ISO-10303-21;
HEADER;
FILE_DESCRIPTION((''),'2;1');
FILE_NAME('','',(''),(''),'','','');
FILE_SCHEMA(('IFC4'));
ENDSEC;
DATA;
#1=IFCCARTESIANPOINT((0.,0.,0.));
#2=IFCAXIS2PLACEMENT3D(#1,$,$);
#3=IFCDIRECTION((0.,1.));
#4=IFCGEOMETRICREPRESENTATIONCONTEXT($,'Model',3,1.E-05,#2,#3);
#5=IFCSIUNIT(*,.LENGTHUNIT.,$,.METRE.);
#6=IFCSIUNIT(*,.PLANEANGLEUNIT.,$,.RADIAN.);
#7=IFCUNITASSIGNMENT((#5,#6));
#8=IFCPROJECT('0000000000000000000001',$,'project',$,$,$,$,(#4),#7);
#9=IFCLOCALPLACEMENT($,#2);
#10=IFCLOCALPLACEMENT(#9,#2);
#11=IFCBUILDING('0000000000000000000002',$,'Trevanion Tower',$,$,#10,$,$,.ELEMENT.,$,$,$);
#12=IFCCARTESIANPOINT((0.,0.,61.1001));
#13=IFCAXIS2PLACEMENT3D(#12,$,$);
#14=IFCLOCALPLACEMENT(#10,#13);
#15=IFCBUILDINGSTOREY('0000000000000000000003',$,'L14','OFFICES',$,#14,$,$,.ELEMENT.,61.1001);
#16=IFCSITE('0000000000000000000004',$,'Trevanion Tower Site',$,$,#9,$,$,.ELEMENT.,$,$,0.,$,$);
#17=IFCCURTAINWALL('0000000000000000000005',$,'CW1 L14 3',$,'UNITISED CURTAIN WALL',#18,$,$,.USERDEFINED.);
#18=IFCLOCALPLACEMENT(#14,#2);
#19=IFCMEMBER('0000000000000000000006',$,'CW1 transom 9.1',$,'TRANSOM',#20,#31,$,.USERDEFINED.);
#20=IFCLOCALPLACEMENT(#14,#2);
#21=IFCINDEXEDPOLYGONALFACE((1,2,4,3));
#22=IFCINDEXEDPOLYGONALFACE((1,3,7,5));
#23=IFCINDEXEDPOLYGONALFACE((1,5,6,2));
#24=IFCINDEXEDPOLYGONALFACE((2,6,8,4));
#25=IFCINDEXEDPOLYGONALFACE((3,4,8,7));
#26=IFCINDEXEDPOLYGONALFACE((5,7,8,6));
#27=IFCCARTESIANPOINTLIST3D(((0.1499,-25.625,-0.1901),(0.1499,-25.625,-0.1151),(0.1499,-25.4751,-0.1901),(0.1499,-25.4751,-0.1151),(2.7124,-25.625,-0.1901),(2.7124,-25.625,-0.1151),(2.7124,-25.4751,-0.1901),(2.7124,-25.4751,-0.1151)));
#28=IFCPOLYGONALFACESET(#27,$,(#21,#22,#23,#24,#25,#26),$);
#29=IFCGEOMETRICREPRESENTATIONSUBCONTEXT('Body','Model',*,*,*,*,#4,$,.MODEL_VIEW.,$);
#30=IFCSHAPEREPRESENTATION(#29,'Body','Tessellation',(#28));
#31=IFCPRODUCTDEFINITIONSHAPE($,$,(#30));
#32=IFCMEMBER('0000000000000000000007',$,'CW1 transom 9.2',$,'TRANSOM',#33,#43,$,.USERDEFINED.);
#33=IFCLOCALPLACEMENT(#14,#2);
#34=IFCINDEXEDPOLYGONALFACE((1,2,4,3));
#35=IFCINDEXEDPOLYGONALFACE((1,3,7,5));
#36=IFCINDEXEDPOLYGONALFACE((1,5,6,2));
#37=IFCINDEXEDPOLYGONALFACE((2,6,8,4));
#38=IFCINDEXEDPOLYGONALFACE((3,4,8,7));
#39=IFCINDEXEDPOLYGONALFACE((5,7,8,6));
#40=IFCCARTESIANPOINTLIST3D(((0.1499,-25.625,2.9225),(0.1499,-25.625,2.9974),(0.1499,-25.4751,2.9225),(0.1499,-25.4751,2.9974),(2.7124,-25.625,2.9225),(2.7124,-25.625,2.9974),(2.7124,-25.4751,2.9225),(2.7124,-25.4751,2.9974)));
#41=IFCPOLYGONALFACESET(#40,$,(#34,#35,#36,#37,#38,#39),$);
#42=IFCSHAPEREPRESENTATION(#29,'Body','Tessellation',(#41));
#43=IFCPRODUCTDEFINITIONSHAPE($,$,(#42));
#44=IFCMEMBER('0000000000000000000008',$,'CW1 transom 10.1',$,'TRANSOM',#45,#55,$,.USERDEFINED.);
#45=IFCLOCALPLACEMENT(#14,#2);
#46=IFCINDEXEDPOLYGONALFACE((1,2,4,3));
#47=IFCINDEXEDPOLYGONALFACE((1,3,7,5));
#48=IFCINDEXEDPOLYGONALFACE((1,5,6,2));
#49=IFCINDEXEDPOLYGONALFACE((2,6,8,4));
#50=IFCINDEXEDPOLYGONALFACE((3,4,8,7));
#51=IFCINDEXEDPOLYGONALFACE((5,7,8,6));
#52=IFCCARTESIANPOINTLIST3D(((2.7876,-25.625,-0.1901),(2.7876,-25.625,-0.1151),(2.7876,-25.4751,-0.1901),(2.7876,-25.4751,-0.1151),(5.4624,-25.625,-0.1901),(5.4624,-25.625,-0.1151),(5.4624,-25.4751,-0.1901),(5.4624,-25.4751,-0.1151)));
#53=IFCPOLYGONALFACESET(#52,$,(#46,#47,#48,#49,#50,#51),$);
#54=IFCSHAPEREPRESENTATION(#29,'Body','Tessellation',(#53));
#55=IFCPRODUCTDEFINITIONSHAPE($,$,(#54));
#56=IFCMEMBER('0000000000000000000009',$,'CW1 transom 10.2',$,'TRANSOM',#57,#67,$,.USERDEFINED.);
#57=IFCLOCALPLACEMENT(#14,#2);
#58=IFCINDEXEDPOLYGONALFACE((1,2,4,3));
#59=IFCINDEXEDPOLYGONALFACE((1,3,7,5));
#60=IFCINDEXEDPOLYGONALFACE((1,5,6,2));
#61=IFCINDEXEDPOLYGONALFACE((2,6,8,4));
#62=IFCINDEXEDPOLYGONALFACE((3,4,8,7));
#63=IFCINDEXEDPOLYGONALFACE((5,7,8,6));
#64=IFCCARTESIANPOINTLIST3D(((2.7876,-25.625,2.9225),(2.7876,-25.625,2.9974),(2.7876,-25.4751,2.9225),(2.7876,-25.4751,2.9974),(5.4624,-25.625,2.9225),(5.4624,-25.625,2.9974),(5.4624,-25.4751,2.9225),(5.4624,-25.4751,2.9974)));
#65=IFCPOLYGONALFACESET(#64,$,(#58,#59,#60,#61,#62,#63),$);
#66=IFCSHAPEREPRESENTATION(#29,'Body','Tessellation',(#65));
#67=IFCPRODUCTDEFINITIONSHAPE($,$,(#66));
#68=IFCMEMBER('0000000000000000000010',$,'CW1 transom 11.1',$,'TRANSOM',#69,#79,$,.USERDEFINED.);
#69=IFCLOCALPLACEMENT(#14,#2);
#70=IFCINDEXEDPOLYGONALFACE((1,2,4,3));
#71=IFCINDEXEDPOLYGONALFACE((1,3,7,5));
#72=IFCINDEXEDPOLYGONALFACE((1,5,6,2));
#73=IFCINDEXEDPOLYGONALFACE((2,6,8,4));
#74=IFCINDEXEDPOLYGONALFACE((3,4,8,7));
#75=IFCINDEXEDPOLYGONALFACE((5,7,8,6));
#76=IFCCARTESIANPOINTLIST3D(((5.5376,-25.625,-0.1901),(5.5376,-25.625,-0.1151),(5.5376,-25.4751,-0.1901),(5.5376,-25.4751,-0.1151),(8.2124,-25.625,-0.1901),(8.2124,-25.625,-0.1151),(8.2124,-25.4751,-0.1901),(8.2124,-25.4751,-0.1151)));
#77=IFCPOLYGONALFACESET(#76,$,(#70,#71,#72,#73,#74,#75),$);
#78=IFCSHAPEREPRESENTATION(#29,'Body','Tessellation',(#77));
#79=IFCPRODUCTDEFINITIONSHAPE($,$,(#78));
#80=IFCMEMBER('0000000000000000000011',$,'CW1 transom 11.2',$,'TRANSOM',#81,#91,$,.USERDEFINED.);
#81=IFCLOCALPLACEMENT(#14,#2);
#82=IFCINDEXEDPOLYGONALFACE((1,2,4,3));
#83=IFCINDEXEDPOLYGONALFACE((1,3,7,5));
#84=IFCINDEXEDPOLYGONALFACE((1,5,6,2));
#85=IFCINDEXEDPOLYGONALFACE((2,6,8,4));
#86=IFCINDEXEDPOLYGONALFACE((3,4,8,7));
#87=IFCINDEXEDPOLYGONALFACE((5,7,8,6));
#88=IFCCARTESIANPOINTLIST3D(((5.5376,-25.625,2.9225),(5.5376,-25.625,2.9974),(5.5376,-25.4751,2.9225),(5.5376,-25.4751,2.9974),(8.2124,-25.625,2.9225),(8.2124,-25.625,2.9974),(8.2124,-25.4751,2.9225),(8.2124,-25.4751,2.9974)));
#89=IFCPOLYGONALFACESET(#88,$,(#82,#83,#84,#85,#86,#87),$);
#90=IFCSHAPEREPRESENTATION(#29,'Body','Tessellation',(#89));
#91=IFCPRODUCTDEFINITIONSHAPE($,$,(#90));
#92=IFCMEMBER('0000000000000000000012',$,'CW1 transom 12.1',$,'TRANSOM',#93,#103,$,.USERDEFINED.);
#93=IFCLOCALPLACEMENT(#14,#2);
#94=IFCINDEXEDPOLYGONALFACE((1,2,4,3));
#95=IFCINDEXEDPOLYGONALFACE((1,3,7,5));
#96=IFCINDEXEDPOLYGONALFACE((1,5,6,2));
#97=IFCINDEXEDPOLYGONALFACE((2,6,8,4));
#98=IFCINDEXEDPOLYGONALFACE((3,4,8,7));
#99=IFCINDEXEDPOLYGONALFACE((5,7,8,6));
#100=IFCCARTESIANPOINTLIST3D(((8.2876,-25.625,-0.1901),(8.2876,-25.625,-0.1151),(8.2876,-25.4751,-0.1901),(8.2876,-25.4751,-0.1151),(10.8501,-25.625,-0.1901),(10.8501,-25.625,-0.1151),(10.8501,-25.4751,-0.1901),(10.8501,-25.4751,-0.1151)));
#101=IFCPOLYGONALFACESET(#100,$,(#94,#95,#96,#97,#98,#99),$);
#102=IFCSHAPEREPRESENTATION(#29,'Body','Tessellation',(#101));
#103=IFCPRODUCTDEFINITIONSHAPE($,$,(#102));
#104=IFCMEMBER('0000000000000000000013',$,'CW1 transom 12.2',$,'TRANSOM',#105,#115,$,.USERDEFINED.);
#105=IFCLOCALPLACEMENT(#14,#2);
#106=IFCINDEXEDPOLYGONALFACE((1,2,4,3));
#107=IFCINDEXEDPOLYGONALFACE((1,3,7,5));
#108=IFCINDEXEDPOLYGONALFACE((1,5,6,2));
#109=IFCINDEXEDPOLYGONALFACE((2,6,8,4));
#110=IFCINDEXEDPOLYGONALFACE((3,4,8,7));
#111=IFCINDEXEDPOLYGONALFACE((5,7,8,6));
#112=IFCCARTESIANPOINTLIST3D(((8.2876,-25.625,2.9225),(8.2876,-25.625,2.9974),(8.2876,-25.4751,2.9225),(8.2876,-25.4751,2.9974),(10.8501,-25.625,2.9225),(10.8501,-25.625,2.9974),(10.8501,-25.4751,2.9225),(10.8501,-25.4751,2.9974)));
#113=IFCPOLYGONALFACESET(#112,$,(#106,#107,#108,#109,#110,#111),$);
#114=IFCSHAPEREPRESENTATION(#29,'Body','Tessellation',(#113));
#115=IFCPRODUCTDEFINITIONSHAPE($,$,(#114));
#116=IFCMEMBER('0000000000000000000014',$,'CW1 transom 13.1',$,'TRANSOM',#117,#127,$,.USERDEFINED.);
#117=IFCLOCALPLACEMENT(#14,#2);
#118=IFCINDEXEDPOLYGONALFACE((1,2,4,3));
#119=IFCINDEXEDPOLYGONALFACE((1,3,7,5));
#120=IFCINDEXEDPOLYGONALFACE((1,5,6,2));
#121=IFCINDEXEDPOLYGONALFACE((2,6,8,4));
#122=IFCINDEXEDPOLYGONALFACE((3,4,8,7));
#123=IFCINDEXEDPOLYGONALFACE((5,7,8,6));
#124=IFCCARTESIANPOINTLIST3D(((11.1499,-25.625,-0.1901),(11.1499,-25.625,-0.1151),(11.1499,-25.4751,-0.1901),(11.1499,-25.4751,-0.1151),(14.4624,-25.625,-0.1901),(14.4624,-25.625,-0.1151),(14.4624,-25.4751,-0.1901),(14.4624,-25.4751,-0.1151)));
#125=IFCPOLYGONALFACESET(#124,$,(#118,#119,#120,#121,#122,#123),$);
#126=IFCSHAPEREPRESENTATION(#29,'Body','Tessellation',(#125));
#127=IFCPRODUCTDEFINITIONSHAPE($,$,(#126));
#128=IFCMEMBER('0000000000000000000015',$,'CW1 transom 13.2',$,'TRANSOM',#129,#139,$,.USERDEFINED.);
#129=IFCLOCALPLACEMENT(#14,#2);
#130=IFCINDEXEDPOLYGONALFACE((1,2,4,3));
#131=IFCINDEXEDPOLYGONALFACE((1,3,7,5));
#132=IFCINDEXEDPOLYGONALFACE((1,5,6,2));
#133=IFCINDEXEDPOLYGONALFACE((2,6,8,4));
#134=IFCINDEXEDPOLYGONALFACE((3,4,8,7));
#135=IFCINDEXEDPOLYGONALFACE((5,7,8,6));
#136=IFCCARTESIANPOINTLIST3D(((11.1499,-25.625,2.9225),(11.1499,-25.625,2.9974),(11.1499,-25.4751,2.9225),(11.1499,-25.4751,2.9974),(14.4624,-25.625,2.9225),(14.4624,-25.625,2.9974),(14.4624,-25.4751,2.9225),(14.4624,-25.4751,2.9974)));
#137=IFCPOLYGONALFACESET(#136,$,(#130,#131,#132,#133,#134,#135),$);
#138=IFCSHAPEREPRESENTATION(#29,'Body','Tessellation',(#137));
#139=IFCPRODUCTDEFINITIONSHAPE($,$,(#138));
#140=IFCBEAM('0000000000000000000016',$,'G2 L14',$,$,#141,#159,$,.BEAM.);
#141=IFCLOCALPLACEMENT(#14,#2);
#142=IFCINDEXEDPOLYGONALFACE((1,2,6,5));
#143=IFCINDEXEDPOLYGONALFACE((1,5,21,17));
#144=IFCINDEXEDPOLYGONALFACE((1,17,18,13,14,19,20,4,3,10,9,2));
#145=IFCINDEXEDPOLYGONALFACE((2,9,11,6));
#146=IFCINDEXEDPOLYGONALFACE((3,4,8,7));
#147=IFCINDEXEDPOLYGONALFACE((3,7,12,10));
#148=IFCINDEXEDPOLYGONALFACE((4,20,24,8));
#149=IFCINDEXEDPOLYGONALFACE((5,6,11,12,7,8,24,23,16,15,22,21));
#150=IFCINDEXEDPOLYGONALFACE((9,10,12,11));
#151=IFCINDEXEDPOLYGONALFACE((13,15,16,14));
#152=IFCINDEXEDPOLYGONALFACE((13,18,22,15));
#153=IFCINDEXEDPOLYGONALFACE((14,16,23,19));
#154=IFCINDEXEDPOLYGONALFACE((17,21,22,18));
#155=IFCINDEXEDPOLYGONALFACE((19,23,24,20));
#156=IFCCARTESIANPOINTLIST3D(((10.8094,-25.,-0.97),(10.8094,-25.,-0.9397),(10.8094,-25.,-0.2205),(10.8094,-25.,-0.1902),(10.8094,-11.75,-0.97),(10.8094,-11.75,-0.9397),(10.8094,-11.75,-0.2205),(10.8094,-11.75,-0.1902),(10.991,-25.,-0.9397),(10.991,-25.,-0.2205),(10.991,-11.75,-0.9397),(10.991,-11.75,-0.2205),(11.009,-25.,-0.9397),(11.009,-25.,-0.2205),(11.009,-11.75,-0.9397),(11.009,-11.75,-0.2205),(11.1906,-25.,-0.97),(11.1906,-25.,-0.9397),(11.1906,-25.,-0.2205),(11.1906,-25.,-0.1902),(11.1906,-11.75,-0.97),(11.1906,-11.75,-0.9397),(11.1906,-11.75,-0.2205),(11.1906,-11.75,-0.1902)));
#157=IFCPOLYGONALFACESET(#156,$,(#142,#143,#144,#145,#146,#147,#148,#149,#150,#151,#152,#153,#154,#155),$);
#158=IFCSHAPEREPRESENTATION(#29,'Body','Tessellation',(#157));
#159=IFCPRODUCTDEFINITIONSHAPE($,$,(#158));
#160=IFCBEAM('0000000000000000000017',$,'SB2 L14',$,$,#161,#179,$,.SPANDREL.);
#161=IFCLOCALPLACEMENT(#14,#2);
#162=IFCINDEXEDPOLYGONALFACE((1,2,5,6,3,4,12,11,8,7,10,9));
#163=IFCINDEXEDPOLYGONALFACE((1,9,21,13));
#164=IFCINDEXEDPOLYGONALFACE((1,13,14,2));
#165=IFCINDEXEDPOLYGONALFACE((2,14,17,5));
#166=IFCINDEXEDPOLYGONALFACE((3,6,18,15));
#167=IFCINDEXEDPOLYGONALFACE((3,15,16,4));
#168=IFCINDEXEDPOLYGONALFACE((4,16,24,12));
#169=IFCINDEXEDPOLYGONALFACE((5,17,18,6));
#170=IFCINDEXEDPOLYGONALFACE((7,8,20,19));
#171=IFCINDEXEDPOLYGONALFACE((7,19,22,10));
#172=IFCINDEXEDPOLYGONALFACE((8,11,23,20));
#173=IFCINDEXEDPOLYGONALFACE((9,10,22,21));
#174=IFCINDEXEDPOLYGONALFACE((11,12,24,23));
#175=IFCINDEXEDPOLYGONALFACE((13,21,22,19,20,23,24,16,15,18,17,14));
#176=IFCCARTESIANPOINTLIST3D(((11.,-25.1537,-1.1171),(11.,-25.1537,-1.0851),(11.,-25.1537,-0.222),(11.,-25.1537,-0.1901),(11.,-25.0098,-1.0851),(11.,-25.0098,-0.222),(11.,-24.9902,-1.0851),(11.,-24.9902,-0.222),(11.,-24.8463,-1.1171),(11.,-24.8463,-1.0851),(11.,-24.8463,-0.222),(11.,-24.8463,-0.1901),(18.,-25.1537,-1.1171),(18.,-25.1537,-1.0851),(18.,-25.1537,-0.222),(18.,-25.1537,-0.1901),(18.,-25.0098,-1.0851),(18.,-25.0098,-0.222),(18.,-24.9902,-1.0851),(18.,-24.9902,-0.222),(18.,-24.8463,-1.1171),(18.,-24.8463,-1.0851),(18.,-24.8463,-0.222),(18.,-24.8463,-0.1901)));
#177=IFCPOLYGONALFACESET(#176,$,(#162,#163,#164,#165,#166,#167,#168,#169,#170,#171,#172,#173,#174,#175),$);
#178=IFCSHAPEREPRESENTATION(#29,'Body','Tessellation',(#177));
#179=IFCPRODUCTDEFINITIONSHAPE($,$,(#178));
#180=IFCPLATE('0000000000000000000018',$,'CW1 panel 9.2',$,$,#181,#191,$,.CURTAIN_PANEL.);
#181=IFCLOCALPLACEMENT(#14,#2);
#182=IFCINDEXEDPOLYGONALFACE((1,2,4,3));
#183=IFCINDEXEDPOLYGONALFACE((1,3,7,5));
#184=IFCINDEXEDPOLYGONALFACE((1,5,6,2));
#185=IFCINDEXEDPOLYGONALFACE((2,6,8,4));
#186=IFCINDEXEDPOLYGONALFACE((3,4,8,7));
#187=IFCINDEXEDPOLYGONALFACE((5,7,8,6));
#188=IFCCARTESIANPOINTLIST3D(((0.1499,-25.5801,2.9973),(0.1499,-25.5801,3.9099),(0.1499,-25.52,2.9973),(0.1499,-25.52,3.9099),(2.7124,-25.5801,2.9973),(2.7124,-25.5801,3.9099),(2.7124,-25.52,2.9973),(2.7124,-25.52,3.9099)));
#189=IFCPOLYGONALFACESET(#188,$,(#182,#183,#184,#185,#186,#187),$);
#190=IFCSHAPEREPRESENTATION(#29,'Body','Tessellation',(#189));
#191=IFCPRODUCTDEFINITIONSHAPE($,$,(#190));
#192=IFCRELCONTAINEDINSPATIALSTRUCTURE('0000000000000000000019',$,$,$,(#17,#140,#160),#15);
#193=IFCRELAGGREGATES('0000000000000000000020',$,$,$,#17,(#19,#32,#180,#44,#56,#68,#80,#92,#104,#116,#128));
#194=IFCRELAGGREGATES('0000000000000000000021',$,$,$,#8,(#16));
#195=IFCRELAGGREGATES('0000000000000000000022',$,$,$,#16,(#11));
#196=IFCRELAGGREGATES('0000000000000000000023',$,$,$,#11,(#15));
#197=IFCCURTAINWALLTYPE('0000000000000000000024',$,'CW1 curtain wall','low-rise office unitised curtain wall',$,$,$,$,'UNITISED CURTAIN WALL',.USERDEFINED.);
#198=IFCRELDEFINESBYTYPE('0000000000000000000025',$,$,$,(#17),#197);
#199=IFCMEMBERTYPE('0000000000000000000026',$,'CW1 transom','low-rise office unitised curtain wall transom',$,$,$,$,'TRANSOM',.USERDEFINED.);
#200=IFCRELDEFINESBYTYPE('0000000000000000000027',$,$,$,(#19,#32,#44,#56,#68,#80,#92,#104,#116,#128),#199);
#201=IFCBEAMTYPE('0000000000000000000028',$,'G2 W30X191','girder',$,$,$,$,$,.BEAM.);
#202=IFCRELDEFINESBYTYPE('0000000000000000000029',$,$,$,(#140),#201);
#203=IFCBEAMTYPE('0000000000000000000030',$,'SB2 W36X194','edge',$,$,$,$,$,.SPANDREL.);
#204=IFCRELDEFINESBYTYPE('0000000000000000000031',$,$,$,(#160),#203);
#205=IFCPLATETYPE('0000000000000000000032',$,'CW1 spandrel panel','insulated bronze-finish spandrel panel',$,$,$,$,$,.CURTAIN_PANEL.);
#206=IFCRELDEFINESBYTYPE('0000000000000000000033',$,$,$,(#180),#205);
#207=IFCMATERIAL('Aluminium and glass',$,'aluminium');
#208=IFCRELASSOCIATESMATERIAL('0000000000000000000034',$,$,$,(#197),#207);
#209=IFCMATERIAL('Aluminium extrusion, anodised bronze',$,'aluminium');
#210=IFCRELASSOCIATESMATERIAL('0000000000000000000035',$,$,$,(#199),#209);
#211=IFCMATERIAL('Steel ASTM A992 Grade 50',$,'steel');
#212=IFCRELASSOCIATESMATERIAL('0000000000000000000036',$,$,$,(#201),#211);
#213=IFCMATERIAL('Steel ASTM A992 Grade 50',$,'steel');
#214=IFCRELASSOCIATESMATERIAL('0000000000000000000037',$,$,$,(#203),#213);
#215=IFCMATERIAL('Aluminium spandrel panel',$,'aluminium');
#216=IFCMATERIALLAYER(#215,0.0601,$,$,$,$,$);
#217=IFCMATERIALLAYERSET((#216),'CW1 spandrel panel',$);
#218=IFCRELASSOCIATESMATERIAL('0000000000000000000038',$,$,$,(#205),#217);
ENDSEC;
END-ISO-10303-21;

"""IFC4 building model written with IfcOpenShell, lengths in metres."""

from ifc_helpers import new_model, si_unit, direction, frame, origin, origin_2d, place, context, subcontext, project, spatial, rectangle, i_section, extrude, material, layer, layer_set, material_profile, profile_set, type_object, element, aggregate, save


model = new_model("IFC4")

# Units and contexts
model_context = context("Model", 3, precision=1e-05, world=origin(), true_north=direction((0.0, 1.0)))
body_context = subcontext(model_context, "Body", "Model", "MODEL_VIEW")
ifc_project = project(units=[si_unit("LENGTHUNIT", "METRE"), si_unit("PLANEANGLEUNIT", "RADIAN")], contexts=[model_context])

# Site, building, storey
site_placement = place(None, origin())
site = spatial("IfcSite", under=ifc_project, at=site_placement, Name="Trevanion Tower Site", CompositionType="ELEMENT", RefElevation=0.0)
building_placement = place(site_placement, origin())
building = spatial("IfcBuilding", under=site, at=building_placement, Name="Trevanion Tower", CompositionType="ELEMENT")
storey_placement = place(building_placement, frame((0.0, 0.0, 61.1001)))
storey = spatial("IfcBuildingStorey", under=building, at=storey_placement, Name="L14", Description="OFFICES", CompositionType="ELEMENT", Elevation=61.1001)

# Curtain wall, members
ifc_material_1 = material(Name="Aluminium and glass", Category="aluminium")
curtain_wall_type = type_object("IfcCurtainWallType", Name="CW1 curtain wall", Description="low-rise office unitised curtain wall", ElementType="UNITISED CURTAIN WALL", PredefinedType="USERDEFINED", material=ifc_material_1)
curtain_wall_placement = place(storey_placement, origin())
curtain_wall = element("IfcCurtainWall", 1, at=curtain_wall_placement, inside=storey, type_object=curtain_wall_type, Name="CW1 L14 3", ObjectType="UNITISED CURTAIN WALL", PredefinedType="USERDEFINED")
ifc_material_2 = material(Name="Aluminium extrusion, anodised bronze", Category="aluminium")
ifc_material_profile_1 = material_profile(ifc_material_2, rectangle(XDim=0.1499, YDim=0.075, at=origin_2d()), Name="CW1 transom")
ifc_profile_set_1 = profile_set([ifc_material_profile_1], Name="Aluminium extrusion, anodised bronze")
member_type_1 = type_object("IfcMemberType", Name="CW1 transom", Description="low-rise office unitised curtain wall transom", ElementType="TRANSOM", PredefinedType="USERDEFINED", material=ifc_profile_set_1)
member_1_placement = place(storey_placement, frame((0.1499, -25.55, -0.1526), z_axis=(1.0, 0.0, 0.0), x_axis=(0.0, 1.0, 0.0)))
member_1 = element("IfcMember", 2, at=member_1_placement, type_object=member_type_1, Name="CW1 transom 9.1", ObjectType="TRANSOM", PredefinedType="USERDEFINED", context=body_context, shape_type="SweptSolid", body=[
    extrude(rectangle(XDim=0.1499, YDim=0.075, at=origin_2d()), origin(), (0.0, 0.0, 1.0), 2.5625),
])
member_2_placement = place(storey_placement, frame((0.1499, -25.55, 2.96), z_axis=(1.0, 0.0, 0.0), x_axis=(0.0, 1.0, 0.0)))
member_2 = element("IfcMember", 3, at=member_2_placement, type_object=member_type_1, Name="CW1 transom 9.2", ObjectType="TRANSOM", PredefinedType="USERDEFINED", context=body_context, shape_type="SweptSolid", body=[
    extrude(rectangle(XDim=0.1499, YDim=0.075, at=origin_2d()), origin(), (0.0, 0.0, 1.0), 2.5625),
])
member_3_placement = place(storey_placement, frame((2.7876, -25.55, -0.1526), z_axis=(1.0, 0.0, 0.0), x_axis=(0.0, 1.0, 0.0)))
member_3 = element("IfcMember", 4, at=member_3_placement, type_object=member_type_1, Name="CW1 transom 10.1", ObjectType="TRANSOM", PredefinedType="USERDEFINED", context=body_context, shape_type="SweptSolid", body=[
    extrude(rectangle(XDim=0.1499, YDim=0.075, at=origin_2d()), origin(), (0.0, 0.0, 1.0), 2.6748),
])
member_4_placement = place(storey_placement, frame((2.7876, -25.55, 2.96), z_axis=(1.0, 0.0, 0.0), x_axis=(0.0, 1.0, 0.0)))
member_4 = element("IfcMember", 5, at=member_4_placement, type_object=member_type_1, Name="CW1 transom 10.2", ObjectType="TRANSOM", PredefinedType="USERDEFINED", context=body_context, shape_type="SweptSolid", body=[
    extrude(rectangle(XDim=0.1499, YDim=0.075, at=origin_2d()), origin(), (0.0, 0.0, 1.0), 2.6748),
])
member_5_placement = place(storey_placement, frame((5.5376, -25.55, -0.1526), z_axis=(1.0, 0.0, 0.0), x_axis=(0.0, 1.0, 0.0)))
member_5 = element("IfcMember", 6, at=member_5_placement, type_object=member_type_1, Name="CW1 transom 11.1", ObjectType="TRANSOM", PredefinedType="USERDEFINED", context=body_context, shape_type="SweptSolid", body=[
    extrude(rectangle(XDim=0.1499, YDim=0.075, at=origin_2d()), origin(), (0.0, 0.0, 1.0), 2.6748),
])
member_6_placement = place(storey_placement, frame((5.5376, -25.55, 2.96), z_axis=(1.0, 0.0, 0.0), x_axis=(0.0, 1.0, 0.0)))
member_6 = element("IfcMember", 7, at=member_6_placement, type_object=member_type_1, Name="CW1 transom 11.2", ObjectType="TRANSOM", PredefinedType="USERDEFINED", context=body_context, shape_type="SweptSolid", body=[
    extrude(rectangle(XDim=0.1499, YDim=0.075, at=origin_2d()), origin(), (0.0, 0.0, 1.0), 2.6748),
])
member_7_placement = place(storey_placement, frame((8.2876, -25.55, -0.1526), z_axis=(1.0, 0.0, 0.0), x_axis=(0.0, 1.0, 0.0)))
member_7 = element("IfcMember", 8, at=member_7_placement, type_object=member_type_1, Name="CW1 transom 12.1", ObjectType="TRANSOM", PredefinedType="USERDEFINED", context=body_context, shape_type="SweptSolid", body=[
    extrude(rectangle(XDim=0.1499, YDim=0.075, at=origin_2d()), origin(), (0.0, 0.0, 1.0), 2.5625),
])
member_8_placement = place(storey_placement, frame((8.2876, -25.55, 2.96), z_axis=(1.0, 0.0, 0.0), x_axis=(0.0, 1.0, 0.0)))
member_8 = element("IfcMember", 9, at=member_8_placement, type_object=member_type_1, Name="CW1 transom 12.2", ObjectType="TRANSOM", PredefinedType="USERDEFINED", context=body_context, shape_type="SweptSolid", body=[
    extrude(rectangle(XDim=0.1499, YDim=0.075, at=origin_2d()), origin(), (0.0, 0.0, 1.0), 2.5625),
])
member_9_placement = place(storey_placement, frame((11.1499, -25.55, -0.1526), z_axis=(1.0, 0.0, 0.0), x_axis=(0.0, 1.0, 0.0)))
member_9 = element("IfcMember", 10, at=member_9_placement, type_object=member_type_1, Name="CW1 transom 13.1", ObjectType="TRANSOM", PredefinedType="USERDEFINED", context=body_context, shape_type="SweptSolid", body=[
    extrude(rectangle(XDim=0.1499, YDim=0.075, at=origin_2d()), origin(), (0.0, 0.0, 1.0), 3.3125),
])
member_10_placement = place(storey_placement, frame((11.1499, -25.55, 2.96), z_axis=(1.0, 0.0, 0.0), x_axis=(0.0, 1.0, 0.0)))
member_10 = element("IfcMember", 11, at=member_10_placement, type_object=member_type_1, Name="CW1 transom 13.2", ObjectType="TRANSOM", PredefinedType="USERDEFINED", context=body_context, shape_type="SweptSolid", body=[
    extrude(rectangle(XDim=0.1499, YDim=0.075, at=origin_2d()), origin(), (0.0, 0.0, 1.0), 3.3125),
])

# Beams
ifc_material_3 = material(Name="Steel ASTM A992 Grade 50", Category="steel")
ifc_material_profile_2 = material_profile(ifc_material_3, i_section(OverallWidth=0.3811, OverallDepth=0.7798, WebThickness=0.0181, FlangeThickness=0.0303, at=origin_2d()), Name="W30X191")
ifc_profile_set_2 = profile_set([ifc_material_profile_2], Name="Steel ASTM A992 Grade 50")
beam_type_1 = type_object("IfcBeamType", Name="G2 W30X191", Description="girder", PredefinedType="BEAM", material=ifc_profile_set_2)
beam_1_placement = place(storey_placement, frame((11.0, -11.75, -0.5801), z_axis=(0.0, -1.0, 0.0), x_axis=(1.0, 0.0, 0.0)))
element("IfcBeam", 12, at=beam_1_placement, inside=storey, type_object=beam_type_1, Name="G2 L14", PredefinedType="BEAM", context=body_context, shape_type="SweptSolid", body=[
    extrude(i_section(OverallWidth=0.3811, OverallDepth=0.7798, WebThickness=0.0181, FlangeThickness=0.0303, at=origin_2d()), origin(), (0.0, 0.0, 1.0), 13.25),
])
ifc_material_4 = material(Name="Steel ASTM A992 Grade 50", Category="steel")
ifc_material_profile_3 = material_profile(ifc_material_4, i_section(OverallWidth=0.3074, OverallDepth=0.927, WebThickness=0.0195, FlangeThickness=0.032, at=origin_2d()), Name="W36X194")
ifc_profile_set_3 = profile_set([ifc_material_profile_3], Name="Steel ASTM A992 Grade 50")
beam_type_2 = type_object("IfcBeamType", Name="SB2 W36X194", Description="edge", PredefinedType="SPANDREL", material=ifc_profile_set_3)
beam_2_placement = place(storey_placement, frame((11.0, -25.0, -0.6536), z_axis=(1.0, 0.0, 0.0), x_axis=(0.0, 1.0, 0.0)))
element("IfcBeam", 13, at=beam_2_placement, inside=storey, type_object=beam_type_2, Name="SB2 L14", PredefinedType="SPANDREL", context=body_context, shape_type="SweptSolid", body=[
    extrude(i_section(OverallWidth=0.3074, OverallDepth=0.927, WebThickness=0.0195, FlangeThickness=0.032, at=origin_2d()), origin(), (0.0, 0.0, 1.0), 7.0),
])

# Plate
ifc_material_5 = material(Name="Aluminium spandrel panel", Category="aluminium")
ifc_layer_1 = layer(ifc_material_5, 0.0601)
ifc_layer_set_1 = layer_set([ifc_layer_1], Name="CW1 spandrel panel")
plate_type_1 = type_object("IfcPlateType", Name="CW1 spandrel panel", Description="insulated bronze-finish spandrel panel", PredefinedType="CURTAIN_PANEL", material=ifc_layer_set_1)
plate_1_placement = place(storey_placement, frame((1.4312, -25.55, 2.9973), z_axis=(0.0, 0.0, 1.0), x_axis=(1.0, 0.0, 0.0)))
plate_1 = element("IfcPlate", 14, at=plate_1_placement, type_object=plate_type_1, Name="CW1 panel 9.2", PredefinedType="CURTAIN_PANEL", context=body_context, shape_type="SweptSolid", body=[
    extrude(rectangle(XDim=2.5625, YDim=0.0601, at=origin_2d()), origin(), (0.0, 0.0, 1.0), 0.9126),
])
aggregate(curtain_wall, [member_1, member_2, plate_1, member_3, member_4, member_5, member_6, member_7, member_8, member_9, member_10])

save(model, "model.ifc")
